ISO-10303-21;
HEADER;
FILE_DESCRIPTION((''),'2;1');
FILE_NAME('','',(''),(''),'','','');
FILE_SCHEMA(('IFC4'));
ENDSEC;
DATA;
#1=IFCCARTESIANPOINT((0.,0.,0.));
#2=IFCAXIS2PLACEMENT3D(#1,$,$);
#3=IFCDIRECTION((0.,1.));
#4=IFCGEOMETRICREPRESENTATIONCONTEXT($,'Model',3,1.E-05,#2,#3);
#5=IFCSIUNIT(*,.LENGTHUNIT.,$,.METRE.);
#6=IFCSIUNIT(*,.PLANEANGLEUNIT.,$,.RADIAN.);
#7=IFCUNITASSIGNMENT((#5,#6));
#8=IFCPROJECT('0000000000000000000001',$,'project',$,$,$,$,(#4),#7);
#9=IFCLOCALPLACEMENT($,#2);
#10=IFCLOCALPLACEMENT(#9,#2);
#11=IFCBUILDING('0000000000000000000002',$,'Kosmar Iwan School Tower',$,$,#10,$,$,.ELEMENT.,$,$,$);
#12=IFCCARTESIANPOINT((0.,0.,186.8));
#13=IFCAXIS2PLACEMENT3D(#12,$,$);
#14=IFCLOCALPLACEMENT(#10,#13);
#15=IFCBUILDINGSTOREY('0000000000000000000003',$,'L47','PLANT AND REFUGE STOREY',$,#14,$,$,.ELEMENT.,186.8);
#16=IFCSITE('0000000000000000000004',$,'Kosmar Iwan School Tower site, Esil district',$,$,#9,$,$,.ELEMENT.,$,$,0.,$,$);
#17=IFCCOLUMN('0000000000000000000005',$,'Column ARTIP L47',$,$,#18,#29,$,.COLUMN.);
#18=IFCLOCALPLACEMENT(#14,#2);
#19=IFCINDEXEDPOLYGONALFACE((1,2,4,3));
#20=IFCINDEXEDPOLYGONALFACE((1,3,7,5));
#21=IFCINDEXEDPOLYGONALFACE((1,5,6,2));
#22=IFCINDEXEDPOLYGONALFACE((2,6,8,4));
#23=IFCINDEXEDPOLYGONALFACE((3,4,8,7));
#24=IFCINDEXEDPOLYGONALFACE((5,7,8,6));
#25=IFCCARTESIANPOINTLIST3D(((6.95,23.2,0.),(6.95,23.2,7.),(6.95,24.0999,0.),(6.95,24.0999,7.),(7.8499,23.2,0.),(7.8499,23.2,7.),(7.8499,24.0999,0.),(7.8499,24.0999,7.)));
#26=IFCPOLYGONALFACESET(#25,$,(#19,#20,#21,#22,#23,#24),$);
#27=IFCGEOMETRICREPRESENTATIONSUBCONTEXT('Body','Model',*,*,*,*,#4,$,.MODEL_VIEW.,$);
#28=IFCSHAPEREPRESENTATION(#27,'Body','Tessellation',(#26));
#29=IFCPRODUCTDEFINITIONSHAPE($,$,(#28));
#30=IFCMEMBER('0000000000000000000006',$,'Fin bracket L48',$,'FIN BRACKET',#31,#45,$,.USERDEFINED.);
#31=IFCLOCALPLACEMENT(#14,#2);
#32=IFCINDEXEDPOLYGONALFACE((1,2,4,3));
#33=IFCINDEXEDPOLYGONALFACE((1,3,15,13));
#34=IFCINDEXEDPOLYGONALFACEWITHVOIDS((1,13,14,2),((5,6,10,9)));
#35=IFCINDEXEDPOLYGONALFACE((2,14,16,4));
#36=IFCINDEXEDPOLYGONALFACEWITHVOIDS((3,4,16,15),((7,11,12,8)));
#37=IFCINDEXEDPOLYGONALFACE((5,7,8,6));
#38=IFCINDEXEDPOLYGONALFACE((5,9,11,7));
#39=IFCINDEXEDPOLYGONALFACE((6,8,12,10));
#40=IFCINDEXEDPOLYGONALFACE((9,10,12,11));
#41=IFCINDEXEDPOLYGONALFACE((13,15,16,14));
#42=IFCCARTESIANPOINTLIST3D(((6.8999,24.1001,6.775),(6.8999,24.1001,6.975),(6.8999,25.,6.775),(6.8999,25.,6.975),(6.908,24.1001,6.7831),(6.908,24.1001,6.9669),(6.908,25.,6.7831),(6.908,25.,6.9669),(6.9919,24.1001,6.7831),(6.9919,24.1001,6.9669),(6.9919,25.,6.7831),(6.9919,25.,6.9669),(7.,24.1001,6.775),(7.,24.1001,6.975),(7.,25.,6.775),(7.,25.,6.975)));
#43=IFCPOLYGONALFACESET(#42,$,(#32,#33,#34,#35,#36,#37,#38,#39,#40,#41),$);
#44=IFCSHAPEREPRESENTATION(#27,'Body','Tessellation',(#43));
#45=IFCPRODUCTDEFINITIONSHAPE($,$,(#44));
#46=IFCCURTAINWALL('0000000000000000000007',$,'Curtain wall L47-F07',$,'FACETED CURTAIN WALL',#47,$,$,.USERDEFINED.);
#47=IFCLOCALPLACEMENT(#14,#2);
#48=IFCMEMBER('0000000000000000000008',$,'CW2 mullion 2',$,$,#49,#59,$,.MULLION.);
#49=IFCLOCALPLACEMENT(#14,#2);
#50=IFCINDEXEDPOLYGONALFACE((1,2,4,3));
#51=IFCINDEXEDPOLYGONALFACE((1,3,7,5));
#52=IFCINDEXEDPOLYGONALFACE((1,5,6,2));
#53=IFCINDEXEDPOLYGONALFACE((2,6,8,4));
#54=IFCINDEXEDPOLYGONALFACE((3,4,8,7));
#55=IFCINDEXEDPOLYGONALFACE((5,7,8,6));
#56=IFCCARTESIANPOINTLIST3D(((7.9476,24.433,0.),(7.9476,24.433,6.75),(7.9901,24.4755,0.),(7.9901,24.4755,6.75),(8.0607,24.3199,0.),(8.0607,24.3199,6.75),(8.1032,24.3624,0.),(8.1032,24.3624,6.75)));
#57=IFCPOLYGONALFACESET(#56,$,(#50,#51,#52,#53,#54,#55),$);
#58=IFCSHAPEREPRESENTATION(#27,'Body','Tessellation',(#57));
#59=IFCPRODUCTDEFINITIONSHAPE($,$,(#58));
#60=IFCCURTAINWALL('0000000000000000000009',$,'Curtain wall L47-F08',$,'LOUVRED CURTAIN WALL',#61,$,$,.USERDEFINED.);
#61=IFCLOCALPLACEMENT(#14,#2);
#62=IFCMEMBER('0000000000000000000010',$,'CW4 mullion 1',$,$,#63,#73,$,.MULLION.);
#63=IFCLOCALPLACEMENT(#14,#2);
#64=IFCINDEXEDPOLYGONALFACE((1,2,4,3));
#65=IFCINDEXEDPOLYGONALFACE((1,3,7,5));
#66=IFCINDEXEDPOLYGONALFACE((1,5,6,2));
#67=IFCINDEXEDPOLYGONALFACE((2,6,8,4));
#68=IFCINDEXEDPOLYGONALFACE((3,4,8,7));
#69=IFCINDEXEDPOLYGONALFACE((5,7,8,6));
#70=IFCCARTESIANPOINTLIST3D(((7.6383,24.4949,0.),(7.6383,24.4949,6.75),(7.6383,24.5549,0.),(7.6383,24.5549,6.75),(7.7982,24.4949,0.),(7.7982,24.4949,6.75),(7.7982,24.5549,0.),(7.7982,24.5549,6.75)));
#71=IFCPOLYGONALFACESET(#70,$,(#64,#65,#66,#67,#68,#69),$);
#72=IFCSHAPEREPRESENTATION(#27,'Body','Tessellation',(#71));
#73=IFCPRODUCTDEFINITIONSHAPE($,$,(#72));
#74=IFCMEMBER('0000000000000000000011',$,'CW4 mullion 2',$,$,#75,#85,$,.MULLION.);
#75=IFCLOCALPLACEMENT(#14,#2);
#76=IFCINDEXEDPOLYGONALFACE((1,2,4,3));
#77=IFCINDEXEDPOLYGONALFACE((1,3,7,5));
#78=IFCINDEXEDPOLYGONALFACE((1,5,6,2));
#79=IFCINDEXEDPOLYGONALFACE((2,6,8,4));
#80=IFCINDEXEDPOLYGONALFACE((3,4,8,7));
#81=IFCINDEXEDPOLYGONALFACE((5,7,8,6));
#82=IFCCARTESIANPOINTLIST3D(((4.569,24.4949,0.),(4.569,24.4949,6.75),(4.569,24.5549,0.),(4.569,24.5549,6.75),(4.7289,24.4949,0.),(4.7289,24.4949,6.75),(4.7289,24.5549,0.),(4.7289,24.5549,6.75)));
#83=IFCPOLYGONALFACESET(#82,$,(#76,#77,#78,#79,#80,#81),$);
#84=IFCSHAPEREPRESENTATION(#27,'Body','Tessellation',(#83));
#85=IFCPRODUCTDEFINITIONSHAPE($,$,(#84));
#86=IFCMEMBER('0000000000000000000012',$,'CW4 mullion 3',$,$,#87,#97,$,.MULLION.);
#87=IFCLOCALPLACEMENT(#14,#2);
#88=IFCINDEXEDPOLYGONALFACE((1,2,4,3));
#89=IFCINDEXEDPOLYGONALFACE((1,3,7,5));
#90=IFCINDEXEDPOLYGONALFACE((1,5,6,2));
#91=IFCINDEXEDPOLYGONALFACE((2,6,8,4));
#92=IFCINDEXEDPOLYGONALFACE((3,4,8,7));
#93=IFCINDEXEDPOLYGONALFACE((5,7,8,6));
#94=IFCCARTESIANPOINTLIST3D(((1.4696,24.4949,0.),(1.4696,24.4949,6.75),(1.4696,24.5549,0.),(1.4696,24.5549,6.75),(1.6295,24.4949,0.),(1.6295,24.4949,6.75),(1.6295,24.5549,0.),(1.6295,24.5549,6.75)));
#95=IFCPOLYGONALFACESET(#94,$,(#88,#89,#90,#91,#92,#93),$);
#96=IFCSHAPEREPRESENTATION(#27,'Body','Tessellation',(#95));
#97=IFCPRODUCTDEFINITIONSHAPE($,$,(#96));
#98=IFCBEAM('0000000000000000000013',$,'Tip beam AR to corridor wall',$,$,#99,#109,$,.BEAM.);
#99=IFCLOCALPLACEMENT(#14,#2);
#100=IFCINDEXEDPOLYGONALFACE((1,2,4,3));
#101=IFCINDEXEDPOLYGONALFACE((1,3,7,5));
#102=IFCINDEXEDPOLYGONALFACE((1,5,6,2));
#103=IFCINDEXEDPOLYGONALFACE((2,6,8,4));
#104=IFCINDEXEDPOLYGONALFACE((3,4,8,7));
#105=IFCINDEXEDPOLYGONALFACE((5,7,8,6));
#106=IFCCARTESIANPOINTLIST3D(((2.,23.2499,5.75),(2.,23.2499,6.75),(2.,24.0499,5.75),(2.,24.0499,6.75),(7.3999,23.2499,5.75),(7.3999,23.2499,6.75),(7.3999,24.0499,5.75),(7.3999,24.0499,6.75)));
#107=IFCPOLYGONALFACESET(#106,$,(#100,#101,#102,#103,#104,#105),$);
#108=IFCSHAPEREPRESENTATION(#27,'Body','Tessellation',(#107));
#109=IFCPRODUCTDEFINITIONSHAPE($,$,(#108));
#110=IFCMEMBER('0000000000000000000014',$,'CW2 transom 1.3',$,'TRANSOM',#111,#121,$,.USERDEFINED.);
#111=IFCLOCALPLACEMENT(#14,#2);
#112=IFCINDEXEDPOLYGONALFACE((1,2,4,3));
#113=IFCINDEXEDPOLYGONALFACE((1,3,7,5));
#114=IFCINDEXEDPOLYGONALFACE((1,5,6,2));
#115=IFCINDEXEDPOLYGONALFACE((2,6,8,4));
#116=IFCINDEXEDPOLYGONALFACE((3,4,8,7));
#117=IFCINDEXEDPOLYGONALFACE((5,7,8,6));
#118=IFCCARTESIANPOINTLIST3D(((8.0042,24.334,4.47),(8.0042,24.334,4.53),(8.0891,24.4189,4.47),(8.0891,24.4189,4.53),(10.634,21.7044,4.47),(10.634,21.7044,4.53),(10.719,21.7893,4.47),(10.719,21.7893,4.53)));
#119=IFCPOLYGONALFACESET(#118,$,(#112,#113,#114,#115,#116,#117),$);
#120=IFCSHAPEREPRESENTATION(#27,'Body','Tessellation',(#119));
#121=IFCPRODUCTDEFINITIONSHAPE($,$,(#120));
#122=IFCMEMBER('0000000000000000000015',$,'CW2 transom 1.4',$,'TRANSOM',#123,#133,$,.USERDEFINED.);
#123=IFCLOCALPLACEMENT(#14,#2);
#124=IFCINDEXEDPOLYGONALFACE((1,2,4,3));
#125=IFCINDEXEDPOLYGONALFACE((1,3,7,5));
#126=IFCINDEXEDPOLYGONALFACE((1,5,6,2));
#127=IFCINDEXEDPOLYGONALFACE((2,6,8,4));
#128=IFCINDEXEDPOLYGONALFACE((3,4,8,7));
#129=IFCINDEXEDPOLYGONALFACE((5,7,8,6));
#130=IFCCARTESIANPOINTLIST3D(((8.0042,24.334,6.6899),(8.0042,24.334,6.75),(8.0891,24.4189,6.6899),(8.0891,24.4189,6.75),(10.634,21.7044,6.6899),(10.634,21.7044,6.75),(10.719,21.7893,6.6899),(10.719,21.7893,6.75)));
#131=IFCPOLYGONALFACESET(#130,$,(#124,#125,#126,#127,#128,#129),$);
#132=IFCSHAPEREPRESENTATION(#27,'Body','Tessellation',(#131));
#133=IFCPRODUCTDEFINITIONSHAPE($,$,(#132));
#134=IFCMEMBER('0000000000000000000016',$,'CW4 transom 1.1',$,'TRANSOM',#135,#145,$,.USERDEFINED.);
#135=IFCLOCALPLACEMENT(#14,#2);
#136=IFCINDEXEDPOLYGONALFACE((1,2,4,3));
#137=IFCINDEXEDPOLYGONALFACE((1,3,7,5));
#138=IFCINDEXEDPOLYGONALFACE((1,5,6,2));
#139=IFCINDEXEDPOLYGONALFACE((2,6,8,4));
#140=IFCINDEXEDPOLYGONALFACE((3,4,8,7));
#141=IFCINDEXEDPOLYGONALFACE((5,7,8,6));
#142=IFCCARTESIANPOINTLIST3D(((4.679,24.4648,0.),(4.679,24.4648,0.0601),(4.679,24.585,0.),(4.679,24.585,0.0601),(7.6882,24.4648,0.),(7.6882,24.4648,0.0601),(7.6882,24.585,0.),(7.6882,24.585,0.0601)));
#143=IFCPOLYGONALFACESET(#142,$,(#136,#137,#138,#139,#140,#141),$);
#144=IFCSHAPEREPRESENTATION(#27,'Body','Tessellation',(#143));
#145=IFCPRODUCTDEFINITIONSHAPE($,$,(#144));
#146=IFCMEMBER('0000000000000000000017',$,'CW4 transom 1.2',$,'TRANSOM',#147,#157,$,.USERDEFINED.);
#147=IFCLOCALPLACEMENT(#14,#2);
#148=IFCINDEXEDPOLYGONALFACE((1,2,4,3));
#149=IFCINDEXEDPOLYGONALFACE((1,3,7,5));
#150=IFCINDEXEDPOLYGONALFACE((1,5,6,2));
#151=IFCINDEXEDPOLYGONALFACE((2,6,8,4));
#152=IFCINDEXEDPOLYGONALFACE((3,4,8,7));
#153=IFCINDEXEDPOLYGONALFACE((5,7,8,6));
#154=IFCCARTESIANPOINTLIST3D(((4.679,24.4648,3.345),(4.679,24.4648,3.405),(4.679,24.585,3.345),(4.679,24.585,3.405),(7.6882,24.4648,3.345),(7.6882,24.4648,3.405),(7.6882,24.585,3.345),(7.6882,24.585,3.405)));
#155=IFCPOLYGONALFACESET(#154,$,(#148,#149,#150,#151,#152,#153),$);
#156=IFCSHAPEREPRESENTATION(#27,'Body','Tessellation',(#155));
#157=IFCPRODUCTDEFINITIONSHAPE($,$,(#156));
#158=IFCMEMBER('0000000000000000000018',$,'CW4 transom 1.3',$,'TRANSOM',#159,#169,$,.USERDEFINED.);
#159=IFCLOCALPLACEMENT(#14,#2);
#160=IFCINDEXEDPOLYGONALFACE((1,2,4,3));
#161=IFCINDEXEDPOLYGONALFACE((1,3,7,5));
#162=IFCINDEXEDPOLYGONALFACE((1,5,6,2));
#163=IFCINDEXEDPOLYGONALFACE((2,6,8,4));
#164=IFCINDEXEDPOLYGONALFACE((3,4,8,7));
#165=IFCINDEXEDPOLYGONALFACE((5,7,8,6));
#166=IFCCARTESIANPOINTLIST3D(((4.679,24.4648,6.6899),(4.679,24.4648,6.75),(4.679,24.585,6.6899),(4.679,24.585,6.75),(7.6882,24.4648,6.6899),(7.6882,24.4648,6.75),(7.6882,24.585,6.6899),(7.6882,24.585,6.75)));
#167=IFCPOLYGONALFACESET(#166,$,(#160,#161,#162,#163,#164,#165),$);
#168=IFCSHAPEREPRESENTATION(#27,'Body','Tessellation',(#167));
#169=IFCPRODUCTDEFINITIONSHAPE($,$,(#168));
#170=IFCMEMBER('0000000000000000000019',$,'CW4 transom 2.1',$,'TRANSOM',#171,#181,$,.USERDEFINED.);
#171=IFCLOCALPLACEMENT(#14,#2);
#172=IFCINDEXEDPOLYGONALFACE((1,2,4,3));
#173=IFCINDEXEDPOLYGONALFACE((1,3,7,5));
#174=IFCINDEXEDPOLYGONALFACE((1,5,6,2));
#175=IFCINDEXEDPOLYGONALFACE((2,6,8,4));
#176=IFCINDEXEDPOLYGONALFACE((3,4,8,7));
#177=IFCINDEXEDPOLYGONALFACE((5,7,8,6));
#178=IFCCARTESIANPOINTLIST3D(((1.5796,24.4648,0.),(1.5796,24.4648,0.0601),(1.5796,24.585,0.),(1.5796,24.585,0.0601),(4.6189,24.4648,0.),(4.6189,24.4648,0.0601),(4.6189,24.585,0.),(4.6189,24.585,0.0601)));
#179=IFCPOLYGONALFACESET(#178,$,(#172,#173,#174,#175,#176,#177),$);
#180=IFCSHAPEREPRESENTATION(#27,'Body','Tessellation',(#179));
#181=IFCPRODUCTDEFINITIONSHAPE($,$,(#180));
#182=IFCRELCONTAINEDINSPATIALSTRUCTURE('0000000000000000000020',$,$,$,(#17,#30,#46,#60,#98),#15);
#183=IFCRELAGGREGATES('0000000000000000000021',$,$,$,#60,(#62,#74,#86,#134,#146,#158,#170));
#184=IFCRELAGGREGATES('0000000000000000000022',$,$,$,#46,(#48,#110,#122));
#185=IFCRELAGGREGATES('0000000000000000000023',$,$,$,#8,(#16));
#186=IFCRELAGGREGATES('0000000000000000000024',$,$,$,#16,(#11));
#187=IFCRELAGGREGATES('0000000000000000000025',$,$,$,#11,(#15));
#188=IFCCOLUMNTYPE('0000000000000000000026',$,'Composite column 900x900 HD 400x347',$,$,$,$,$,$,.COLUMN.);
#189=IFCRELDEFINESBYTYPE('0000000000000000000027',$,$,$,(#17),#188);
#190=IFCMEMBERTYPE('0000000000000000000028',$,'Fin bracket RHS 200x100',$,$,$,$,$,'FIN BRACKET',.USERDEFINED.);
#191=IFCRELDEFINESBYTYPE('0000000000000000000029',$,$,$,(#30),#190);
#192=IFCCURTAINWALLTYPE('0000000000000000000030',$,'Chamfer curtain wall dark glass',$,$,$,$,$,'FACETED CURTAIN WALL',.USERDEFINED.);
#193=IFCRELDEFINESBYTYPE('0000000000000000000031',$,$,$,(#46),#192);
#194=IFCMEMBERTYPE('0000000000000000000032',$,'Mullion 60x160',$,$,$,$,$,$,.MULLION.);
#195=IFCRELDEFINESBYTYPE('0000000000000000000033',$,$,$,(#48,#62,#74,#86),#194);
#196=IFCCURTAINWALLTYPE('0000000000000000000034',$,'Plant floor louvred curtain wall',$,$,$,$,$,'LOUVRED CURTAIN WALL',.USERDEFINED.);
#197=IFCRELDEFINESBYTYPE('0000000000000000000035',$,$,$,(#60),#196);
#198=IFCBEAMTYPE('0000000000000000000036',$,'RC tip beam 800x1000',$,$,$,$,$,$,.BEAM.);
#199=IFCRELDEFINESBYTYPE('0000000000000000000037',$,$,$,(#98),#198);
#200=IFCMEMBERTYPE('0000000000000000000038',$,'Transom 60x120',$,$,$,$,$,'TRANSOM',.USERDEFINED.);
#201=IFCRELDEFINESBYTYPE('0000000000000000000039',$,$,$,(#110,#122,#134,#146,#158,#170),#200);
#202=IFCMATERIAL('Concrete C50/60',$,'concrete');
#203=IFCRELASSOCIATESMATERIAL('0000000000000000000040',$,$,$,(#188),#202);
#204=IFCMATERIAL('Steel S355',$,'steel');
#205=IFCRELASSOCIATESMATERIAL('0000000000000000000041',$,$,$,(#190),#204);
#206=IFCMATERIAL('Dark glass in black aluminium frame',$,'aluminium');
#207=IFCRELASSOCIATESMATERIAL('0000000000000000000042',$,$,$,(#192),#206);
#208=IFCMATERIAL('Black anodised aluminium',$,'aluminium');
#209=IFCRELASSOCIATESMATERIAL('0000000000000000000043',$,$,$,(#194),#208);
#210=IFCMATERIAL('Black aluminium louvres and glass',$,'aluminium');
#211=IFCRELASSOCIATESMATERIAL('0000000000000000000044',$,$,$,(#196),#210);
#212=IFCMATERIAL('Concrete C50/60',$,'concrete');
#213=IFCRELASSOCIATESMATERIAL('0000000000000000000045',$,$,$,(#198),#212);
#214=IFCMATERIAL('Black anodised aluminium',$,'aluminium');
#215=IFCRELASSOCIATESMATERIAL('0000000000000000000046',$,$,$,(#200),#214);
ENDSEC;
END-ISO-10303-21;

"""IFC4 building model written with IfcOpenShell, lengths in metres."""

from ifc_helpers import new_model, si_unit, direction, frame, origin, origin_2d, place, context, subcontext, project, spatial, rectangle, hollow_rectangle, extrude, material, material_profile, profile_set, type_object, element, aggregate, save


model = new_model("IFC4")

# Units and contexts
model_context = context("Model", 3, precision=1e-05, world=origin(), true_north=direction((0.0, 1.0)))
body_context = subcontext(model_context, "Body", "Model", "MODEL_VIEW")
ifc_project = project(units=[si_unit("LENGTHUNIT", "METRE"), si_unit("PLANEANGLEUNIT", "RADIAN")], contexts=[model_context])

# Site, building, storey
site_placement = place(None, origin())
site = spatial("IfcSite", under=ifc_project, at=site_placement, Name="Kosmar Iwan School Tower site, Esil district", CompositionType="ELEMENT", RefElevation=0.0)
building_placement = place(site_placement, origin())
building = spatial("IfcBuilding", under=site, at=building_placement, Name="Kosmar Iwan School Tower", CompositionType="ELEMENT")
storey_placement = place(building_placement, frame((0.0, 0.0, 186.8)))
storey = spatial("IfcBuildingStorey", under=building, at=storey_placement, Name="L47", Description="PLANT AND REFUGE STOREY", CompositionType="ELEMENT", Elevation=186.8)

# Column
ifc_material_1 = material(Name="Concrete C50/60", Category="concrete")
ifc_material_profile_1 = material_profile(ifc_material_1, rectangle(XDim=0.8999, YDim=0.8999, at=origin_2d()), Name="RC 900x900 + HD 400x347")
ifc_profile_set_1 = profile_set([ifc_material_profile_1], Name="Concrete C50/60")
column_type = type_object("IfcColumnType", Name="Composite column 900x900 HD 400x347", PredefinedType="COLUMN", material=ifc_profile_set_1)
column_placement = place(storey_placement, frame((7.3999, 23.6499, 0.0), z_axis=(0.0, 0.0, 1.0), x_axis=(0.0, 1.0, 0.0)))
element("IfcColumn", 1, at=column_placement, inside=storey, type_object=column_type, Name="Column ARTIP L47", PredefinedType="COLUMN", context=body_context, shape_type="SweptSolid", body=[
    extrude(rectangle(XDim=0.8999, YDim=0.8999, at=origin_2d()), origin(), (0.0, 0.0, 1.0), 7.0),
])

# Member
ifc_material_2 = material(Name="Steel S355", Category="steel")
ifc_material_profile_2 = material_profile(ifc_material_2, hollow_rectangle(XDim=0.1001, YDim=0.2, WallThickness=0.0081, at=origin_2d()), Name="RHS 200x100x8")
ifc_profile_set_2 = profile_set([ifc_material_profile_2], Name="Steel S355")
member_type_1 = type_object("IfcMemberType", Name="Fin bracket RHS 200x100", ElementType="FIN BRACKET", PredefinedType="USERDEFINED", material=ifc_profile_set_2)
member_1_placement = place(storey_placement, frame((6.95, 24.1001, 6.875), z_axis=(0.0, 1.0, 0.0), x_axis=(-1.0, 0.0, 0.0)))
element("IfcMember", 2, at=member_1_placement, inside=storey, type_object=member_type_1, Name="Fin bracket L48", ObjectType="FIN BRACKET", PredefinedType="USERDEFINED", context=body_context, shape_type="SweptSolid", body=[
    extrude(hollow_rectangle(XDim=0.1001, YDim=0.2, WallThickness=0.0081, at=origin_2d()), origin(), (0.0, 0.0, 1.0), 0.8999),
])

# Curtain wall, member
ifc_material_3 = material(Name="Dark glass in black aluminium frame", Category="aluminium")
curtain_wall_type_1 = type_object("IfcCurtainWallType", Name="Chamfer curtain wall dark glass", ElementType="FACETED CURTAIN WALL", PredefinedType="USERDEFINED", material=ifc_material_3)
curtain_wall_1_placement = place(storey_placement, origin())
curtain_wall_1 = element("IfcCurtainWall", 3, at=curtain_wall_1_placement, inside=storey, type_object=curtain_wall_type_1, Name="Curtain wall L47-F07", ObjectType="FACETED CURTAIN WALL", PredefinedType="USERDEFINED")
ifc_material_4 = material(Name="Black anodised aluminium", Category="aluminium")
ifc_material_profile_3 = material_profile(ifc_material_4, rectangle(XDim=0.0601, YDim=0.1599, at=origin_2d()), Name="MULLION 60x160")
ifc_profile_set_3 = profile_set([ifc_material_profile_3], Name="Black anodised aluminium")
member_type_2 = type_object("IfcMemberType", Name="Mullion 60x160", PredefinedType="MULLION", material=ifc_profile_set_3)
member_2_placement = place(storey_placement, frame((8.0254, 24.3977, 0.0), z_axis=(0.0, 0.0, 1.0), x_axis=(-0.707107, -0.707107, 0.0)))
member_2 = element("IfcMember", 4, at=member_2_placement, type_object=member_type_2, Name="CW2 mullion 2", PredefinedType="MULLION", context=body_context, shape_type="SweptSolid", body=[
    extrude(rectangle(XDim=0.0601, YDim=0.1599, at=origin_2d()), origin(), (0.0, 0.0, 1.0), 6.75),
])

# Curtain wall, members
ifc_material_5 = material(Name="Black aluminium louvres and glass", Category="aluminium")
curtain_wall_type_2 = type_object("IfcCurtainWallType", Name="Plant floor louvred curtain wall", ElementType="LOUVRED CURTAIN WALL", PredefinedType="USERDEFINED", material=ifc_material_5)
curtain_wall_2_placement = place(storey_placement, origin())
curtain_wall_2 = element("IfcCurtainWall", 5, at=curtain_wall_2_placement, inside=storey, type_object=curtain_wall_type_2, Name="Curtain wall L47-F08", ObjectType="LOUVRED CURTAIN WALL", PredefinedType="USERDEFINED")
member_3_placement = place(storey_placement, frame((7.7183, 24.5249, 0.0), z_axis=(0.0, 0.0, 1.0), x_axis=(0.0, -1.0, 0.0)))
member_3 = element("IfcMember", 6, at=member_3_placement, type_object=member_type_2, Name="CW4 mullion 1", PredefinedType="MULLION", context=body_context, shape_type="SweptSolid", body=[
    extrude(rectangle(XDim=0.0601, YDim=0.1599, at=origin_2d()), origin(), (0.0, 0.0, 1.0), 6.75),
])
member_4_placement = place(storey_placement, frame((4.6489, 24.5249, 0.0), z_axis=(0.0, 0.0, 1.0), x_axis=(0.0, -1.0, 0.0)))
member_4 = element("IfcMember", 7, at=member_4_placement, type_object=member_type_2, Name="CW4 mullion 2", PredefinedType="MULLION", context=body_context, shape_type="SweptSolid", body=[
    extrude(rectangle(XDim=0.0601, YDim=0.1599, at=origin_2d()), origin(), (0.0, 0.0, 1.0), 6.75),
])
member_5_placement = place(storey_placement, frame((1.5496, 24.5249, 0.0), z_axis=(0.0, 0.0, 1.0), x_axis=(0.0, -1.0, 0.0)))
member_5 = element("IfcMember", 8, at=member_5_placement, type_object=member_type_2, Name="CW4 mullion 3", PredefinedType="MULLION", context=body_context, shape_type="SweptSolid", body=[
    extrude(rectangle(XDim=0.0601, YDim=0.1599, at=origin_2d()), origin(), (0.0, 0.0, 1.0), 6.75),
])

# Beam
ifc_material_6 = material(Name="Concrete C50/60", Category="concrete")
ifc_material_profile_4 = material_profile(ifc_material_6, rectangle(XDim=0.8, YDim=1.0, at=origin_2d()), Name="RC 800x1000")
ifc_profile_set_4 = profile_set([ifc_material_profile_4], Name="Concrete C50/60")
beam_type = type_object("IfcBeamType", Name="RC tip beam 800x1000", PredefinedType="BEAM", material=ifc_profile_set_4)
beam_placement = place(storey_placement, frame((7.3999, 23.6499, 6.25), z_axis=(-1.0, 0.0, 0.0), x_axis=(0.0, -1.0, 0.0)))
element("IfcBeam", 9, at=beam_placement, inside=storey, type_object=beam_type, Name="Tip beam AR to corridor wall", PredefinedType="BEAM", context=body_context, shape_type="SweptSolid", body=[
    extrude(rectangle(XDim=0.8, YDim=1.0, at=origin_2d()), origin(), (0.0, 0.0, 1.0), 5.3999),
])

# Members
ifc_material_7 = material(Name="Black anodised aluminium", Category="aluminium")
ifc_material_profile_5 = material_profile(ifc_material_7, rectangle(XDim=0.1201, YDim=0.0601, at=origin_2d()), Name="TRANSOM 60x120")
ifc_profile_set_5 = profile_set([ifc_material_profile_5], Name="Black anodised aluminium")
member_type_3 = type_object("IfcMemberType", Name="Transom 60x120", ElementType="TRANSOM", PredefinedType="USERDEFINED", material=ifc_profile_set_5)
member_6_placement = place(storey_placement, frame((10.6765, 21.7468, 4.5), z_axis=(-0.70714, 0.707074, 0.0), x_axis=(-0.707074, -0.70714, 0.0)))
member_6 = element("IfcMember", 10, at=member_6_placement, type_object=member_type_3, Name="CW2 transom 1.3", ObjectType="TRANSOM", PredefinedType="USERDEFINED", context=body_context, shape_type="SweptSolid", body=[
    extrude(rectangle(XDim=0.1201, YDim=0.0601, at=origin_2d()), origin(), (0.0, 0.0, 1.0), 3.719),
])
member_7_placement = place(storey_placement, frame((10.6765, 21.7468, 6.72), z_axis=(-0.70714, 0.707074, 0.0), x_axis=(-0.707074, -0.70714, 0.0)))
member_7 = element("IfcMember", 11, at=member_7_placement, type_object=member_type_3, Name="CW2 transom 1.4", ObjectType="TRANSOM", PredefinedType="USERDEFINED", context=body_context, shape_type="SweptSolid", body=[
    extrude(rectangle(XDim=0.1201, YDim=0.0601, at=origin_2d()), origin(), (0.0, 0.0, 1.0), 3.719),
])
member_8_placement = place(storey_placement, frame((7.6882, 24.5249, 0.03), z_axis=(-1.0, 0.0, 0.0), x_axis=(0.0, -1.0, 0.0)))
member_8 = element("IfcMember", 12, at=member_8_placement, type_object=member_type_3, Name="CW4 transom 1.1", ObjectType="TRANSOM", PredefinedType="USERDEFINED", context=body_context, shape_type="SweptSolid", body=[
    extrude(rectangle(XDim=0.1201, YDim=0.0601, at=origin_2d()), origin(), (0.0, 0.0, 1.0), 3.0093),
])
member_9_placement = place(storey_placement, frame((7.6882, 24.5249, 3.375), z_axis=(-1.0, 0.0, 0.0), x_axis=(0.0, -1.0, 0.0)))
member_9 = element("IfcMember", 13, at=member_9_placement, type_object=member_type_3, Name="CW4 transom 1.2", ObjectType="TRANSOM", PredefinedType="USERDEFINED", context=body_context, shape_type="SweptSolid", body=[
    extrude(rectangle(XDim=0.1201, YDim=0.0601, at=origin_2d()), origin(), (0.0, 0.0, 1.0), 3.0093),
])
member_10_placement = place(storey_placement, frame((7.6882, 24.5249, 6.72), z_axis=(-1.0, 0.0, 0.0), x_axis=(0.0, -1.0, 0.0)))
member_10 = element("IfcMember", 14, at=member_10_placement, type_object=member_type_3, Name="CW4 transom 1.3", ObjectType="TRANSOM", PredefinedType="USERDEFINED", context=body_context, shape_type="SweptSolid", body=[
    extrude(rectangle(XDim=0.1201, YDim=0.0601, at=origin_2d()), origin(), (0.0, 0.0, 1.0), 3.0093),
])
member_11_placement = place(storey_placement, frame((4.6189, 24.5249, 0.03), z_axis=(-1.0, 0.0, 0.0), x_axis=(0.0, -1.0, 0.0)))
member_11 = element("IfcMember", 15, at=member_11_placement, type_object=member_type_3, Name="CW4 transom 2.1", ObjectType="TRANSOM", PredefinedType="USERDEFINED", context=body_context, shape_type="SweptSolid", body=[
    extrude(rectangle(XDim=0.1201, YDim=0.0601, at=origin_2d()), origin(), (0.0, 0.0, 1.0), 3.0393),
])

aggregate(curtain_wall_2, [member_3, member_4, member_5, member_8, member_9, member_10, member_11])
aggregate(curtain_wall_1, [member_2, member_6, member_7])

save(model, "model.ifc")
